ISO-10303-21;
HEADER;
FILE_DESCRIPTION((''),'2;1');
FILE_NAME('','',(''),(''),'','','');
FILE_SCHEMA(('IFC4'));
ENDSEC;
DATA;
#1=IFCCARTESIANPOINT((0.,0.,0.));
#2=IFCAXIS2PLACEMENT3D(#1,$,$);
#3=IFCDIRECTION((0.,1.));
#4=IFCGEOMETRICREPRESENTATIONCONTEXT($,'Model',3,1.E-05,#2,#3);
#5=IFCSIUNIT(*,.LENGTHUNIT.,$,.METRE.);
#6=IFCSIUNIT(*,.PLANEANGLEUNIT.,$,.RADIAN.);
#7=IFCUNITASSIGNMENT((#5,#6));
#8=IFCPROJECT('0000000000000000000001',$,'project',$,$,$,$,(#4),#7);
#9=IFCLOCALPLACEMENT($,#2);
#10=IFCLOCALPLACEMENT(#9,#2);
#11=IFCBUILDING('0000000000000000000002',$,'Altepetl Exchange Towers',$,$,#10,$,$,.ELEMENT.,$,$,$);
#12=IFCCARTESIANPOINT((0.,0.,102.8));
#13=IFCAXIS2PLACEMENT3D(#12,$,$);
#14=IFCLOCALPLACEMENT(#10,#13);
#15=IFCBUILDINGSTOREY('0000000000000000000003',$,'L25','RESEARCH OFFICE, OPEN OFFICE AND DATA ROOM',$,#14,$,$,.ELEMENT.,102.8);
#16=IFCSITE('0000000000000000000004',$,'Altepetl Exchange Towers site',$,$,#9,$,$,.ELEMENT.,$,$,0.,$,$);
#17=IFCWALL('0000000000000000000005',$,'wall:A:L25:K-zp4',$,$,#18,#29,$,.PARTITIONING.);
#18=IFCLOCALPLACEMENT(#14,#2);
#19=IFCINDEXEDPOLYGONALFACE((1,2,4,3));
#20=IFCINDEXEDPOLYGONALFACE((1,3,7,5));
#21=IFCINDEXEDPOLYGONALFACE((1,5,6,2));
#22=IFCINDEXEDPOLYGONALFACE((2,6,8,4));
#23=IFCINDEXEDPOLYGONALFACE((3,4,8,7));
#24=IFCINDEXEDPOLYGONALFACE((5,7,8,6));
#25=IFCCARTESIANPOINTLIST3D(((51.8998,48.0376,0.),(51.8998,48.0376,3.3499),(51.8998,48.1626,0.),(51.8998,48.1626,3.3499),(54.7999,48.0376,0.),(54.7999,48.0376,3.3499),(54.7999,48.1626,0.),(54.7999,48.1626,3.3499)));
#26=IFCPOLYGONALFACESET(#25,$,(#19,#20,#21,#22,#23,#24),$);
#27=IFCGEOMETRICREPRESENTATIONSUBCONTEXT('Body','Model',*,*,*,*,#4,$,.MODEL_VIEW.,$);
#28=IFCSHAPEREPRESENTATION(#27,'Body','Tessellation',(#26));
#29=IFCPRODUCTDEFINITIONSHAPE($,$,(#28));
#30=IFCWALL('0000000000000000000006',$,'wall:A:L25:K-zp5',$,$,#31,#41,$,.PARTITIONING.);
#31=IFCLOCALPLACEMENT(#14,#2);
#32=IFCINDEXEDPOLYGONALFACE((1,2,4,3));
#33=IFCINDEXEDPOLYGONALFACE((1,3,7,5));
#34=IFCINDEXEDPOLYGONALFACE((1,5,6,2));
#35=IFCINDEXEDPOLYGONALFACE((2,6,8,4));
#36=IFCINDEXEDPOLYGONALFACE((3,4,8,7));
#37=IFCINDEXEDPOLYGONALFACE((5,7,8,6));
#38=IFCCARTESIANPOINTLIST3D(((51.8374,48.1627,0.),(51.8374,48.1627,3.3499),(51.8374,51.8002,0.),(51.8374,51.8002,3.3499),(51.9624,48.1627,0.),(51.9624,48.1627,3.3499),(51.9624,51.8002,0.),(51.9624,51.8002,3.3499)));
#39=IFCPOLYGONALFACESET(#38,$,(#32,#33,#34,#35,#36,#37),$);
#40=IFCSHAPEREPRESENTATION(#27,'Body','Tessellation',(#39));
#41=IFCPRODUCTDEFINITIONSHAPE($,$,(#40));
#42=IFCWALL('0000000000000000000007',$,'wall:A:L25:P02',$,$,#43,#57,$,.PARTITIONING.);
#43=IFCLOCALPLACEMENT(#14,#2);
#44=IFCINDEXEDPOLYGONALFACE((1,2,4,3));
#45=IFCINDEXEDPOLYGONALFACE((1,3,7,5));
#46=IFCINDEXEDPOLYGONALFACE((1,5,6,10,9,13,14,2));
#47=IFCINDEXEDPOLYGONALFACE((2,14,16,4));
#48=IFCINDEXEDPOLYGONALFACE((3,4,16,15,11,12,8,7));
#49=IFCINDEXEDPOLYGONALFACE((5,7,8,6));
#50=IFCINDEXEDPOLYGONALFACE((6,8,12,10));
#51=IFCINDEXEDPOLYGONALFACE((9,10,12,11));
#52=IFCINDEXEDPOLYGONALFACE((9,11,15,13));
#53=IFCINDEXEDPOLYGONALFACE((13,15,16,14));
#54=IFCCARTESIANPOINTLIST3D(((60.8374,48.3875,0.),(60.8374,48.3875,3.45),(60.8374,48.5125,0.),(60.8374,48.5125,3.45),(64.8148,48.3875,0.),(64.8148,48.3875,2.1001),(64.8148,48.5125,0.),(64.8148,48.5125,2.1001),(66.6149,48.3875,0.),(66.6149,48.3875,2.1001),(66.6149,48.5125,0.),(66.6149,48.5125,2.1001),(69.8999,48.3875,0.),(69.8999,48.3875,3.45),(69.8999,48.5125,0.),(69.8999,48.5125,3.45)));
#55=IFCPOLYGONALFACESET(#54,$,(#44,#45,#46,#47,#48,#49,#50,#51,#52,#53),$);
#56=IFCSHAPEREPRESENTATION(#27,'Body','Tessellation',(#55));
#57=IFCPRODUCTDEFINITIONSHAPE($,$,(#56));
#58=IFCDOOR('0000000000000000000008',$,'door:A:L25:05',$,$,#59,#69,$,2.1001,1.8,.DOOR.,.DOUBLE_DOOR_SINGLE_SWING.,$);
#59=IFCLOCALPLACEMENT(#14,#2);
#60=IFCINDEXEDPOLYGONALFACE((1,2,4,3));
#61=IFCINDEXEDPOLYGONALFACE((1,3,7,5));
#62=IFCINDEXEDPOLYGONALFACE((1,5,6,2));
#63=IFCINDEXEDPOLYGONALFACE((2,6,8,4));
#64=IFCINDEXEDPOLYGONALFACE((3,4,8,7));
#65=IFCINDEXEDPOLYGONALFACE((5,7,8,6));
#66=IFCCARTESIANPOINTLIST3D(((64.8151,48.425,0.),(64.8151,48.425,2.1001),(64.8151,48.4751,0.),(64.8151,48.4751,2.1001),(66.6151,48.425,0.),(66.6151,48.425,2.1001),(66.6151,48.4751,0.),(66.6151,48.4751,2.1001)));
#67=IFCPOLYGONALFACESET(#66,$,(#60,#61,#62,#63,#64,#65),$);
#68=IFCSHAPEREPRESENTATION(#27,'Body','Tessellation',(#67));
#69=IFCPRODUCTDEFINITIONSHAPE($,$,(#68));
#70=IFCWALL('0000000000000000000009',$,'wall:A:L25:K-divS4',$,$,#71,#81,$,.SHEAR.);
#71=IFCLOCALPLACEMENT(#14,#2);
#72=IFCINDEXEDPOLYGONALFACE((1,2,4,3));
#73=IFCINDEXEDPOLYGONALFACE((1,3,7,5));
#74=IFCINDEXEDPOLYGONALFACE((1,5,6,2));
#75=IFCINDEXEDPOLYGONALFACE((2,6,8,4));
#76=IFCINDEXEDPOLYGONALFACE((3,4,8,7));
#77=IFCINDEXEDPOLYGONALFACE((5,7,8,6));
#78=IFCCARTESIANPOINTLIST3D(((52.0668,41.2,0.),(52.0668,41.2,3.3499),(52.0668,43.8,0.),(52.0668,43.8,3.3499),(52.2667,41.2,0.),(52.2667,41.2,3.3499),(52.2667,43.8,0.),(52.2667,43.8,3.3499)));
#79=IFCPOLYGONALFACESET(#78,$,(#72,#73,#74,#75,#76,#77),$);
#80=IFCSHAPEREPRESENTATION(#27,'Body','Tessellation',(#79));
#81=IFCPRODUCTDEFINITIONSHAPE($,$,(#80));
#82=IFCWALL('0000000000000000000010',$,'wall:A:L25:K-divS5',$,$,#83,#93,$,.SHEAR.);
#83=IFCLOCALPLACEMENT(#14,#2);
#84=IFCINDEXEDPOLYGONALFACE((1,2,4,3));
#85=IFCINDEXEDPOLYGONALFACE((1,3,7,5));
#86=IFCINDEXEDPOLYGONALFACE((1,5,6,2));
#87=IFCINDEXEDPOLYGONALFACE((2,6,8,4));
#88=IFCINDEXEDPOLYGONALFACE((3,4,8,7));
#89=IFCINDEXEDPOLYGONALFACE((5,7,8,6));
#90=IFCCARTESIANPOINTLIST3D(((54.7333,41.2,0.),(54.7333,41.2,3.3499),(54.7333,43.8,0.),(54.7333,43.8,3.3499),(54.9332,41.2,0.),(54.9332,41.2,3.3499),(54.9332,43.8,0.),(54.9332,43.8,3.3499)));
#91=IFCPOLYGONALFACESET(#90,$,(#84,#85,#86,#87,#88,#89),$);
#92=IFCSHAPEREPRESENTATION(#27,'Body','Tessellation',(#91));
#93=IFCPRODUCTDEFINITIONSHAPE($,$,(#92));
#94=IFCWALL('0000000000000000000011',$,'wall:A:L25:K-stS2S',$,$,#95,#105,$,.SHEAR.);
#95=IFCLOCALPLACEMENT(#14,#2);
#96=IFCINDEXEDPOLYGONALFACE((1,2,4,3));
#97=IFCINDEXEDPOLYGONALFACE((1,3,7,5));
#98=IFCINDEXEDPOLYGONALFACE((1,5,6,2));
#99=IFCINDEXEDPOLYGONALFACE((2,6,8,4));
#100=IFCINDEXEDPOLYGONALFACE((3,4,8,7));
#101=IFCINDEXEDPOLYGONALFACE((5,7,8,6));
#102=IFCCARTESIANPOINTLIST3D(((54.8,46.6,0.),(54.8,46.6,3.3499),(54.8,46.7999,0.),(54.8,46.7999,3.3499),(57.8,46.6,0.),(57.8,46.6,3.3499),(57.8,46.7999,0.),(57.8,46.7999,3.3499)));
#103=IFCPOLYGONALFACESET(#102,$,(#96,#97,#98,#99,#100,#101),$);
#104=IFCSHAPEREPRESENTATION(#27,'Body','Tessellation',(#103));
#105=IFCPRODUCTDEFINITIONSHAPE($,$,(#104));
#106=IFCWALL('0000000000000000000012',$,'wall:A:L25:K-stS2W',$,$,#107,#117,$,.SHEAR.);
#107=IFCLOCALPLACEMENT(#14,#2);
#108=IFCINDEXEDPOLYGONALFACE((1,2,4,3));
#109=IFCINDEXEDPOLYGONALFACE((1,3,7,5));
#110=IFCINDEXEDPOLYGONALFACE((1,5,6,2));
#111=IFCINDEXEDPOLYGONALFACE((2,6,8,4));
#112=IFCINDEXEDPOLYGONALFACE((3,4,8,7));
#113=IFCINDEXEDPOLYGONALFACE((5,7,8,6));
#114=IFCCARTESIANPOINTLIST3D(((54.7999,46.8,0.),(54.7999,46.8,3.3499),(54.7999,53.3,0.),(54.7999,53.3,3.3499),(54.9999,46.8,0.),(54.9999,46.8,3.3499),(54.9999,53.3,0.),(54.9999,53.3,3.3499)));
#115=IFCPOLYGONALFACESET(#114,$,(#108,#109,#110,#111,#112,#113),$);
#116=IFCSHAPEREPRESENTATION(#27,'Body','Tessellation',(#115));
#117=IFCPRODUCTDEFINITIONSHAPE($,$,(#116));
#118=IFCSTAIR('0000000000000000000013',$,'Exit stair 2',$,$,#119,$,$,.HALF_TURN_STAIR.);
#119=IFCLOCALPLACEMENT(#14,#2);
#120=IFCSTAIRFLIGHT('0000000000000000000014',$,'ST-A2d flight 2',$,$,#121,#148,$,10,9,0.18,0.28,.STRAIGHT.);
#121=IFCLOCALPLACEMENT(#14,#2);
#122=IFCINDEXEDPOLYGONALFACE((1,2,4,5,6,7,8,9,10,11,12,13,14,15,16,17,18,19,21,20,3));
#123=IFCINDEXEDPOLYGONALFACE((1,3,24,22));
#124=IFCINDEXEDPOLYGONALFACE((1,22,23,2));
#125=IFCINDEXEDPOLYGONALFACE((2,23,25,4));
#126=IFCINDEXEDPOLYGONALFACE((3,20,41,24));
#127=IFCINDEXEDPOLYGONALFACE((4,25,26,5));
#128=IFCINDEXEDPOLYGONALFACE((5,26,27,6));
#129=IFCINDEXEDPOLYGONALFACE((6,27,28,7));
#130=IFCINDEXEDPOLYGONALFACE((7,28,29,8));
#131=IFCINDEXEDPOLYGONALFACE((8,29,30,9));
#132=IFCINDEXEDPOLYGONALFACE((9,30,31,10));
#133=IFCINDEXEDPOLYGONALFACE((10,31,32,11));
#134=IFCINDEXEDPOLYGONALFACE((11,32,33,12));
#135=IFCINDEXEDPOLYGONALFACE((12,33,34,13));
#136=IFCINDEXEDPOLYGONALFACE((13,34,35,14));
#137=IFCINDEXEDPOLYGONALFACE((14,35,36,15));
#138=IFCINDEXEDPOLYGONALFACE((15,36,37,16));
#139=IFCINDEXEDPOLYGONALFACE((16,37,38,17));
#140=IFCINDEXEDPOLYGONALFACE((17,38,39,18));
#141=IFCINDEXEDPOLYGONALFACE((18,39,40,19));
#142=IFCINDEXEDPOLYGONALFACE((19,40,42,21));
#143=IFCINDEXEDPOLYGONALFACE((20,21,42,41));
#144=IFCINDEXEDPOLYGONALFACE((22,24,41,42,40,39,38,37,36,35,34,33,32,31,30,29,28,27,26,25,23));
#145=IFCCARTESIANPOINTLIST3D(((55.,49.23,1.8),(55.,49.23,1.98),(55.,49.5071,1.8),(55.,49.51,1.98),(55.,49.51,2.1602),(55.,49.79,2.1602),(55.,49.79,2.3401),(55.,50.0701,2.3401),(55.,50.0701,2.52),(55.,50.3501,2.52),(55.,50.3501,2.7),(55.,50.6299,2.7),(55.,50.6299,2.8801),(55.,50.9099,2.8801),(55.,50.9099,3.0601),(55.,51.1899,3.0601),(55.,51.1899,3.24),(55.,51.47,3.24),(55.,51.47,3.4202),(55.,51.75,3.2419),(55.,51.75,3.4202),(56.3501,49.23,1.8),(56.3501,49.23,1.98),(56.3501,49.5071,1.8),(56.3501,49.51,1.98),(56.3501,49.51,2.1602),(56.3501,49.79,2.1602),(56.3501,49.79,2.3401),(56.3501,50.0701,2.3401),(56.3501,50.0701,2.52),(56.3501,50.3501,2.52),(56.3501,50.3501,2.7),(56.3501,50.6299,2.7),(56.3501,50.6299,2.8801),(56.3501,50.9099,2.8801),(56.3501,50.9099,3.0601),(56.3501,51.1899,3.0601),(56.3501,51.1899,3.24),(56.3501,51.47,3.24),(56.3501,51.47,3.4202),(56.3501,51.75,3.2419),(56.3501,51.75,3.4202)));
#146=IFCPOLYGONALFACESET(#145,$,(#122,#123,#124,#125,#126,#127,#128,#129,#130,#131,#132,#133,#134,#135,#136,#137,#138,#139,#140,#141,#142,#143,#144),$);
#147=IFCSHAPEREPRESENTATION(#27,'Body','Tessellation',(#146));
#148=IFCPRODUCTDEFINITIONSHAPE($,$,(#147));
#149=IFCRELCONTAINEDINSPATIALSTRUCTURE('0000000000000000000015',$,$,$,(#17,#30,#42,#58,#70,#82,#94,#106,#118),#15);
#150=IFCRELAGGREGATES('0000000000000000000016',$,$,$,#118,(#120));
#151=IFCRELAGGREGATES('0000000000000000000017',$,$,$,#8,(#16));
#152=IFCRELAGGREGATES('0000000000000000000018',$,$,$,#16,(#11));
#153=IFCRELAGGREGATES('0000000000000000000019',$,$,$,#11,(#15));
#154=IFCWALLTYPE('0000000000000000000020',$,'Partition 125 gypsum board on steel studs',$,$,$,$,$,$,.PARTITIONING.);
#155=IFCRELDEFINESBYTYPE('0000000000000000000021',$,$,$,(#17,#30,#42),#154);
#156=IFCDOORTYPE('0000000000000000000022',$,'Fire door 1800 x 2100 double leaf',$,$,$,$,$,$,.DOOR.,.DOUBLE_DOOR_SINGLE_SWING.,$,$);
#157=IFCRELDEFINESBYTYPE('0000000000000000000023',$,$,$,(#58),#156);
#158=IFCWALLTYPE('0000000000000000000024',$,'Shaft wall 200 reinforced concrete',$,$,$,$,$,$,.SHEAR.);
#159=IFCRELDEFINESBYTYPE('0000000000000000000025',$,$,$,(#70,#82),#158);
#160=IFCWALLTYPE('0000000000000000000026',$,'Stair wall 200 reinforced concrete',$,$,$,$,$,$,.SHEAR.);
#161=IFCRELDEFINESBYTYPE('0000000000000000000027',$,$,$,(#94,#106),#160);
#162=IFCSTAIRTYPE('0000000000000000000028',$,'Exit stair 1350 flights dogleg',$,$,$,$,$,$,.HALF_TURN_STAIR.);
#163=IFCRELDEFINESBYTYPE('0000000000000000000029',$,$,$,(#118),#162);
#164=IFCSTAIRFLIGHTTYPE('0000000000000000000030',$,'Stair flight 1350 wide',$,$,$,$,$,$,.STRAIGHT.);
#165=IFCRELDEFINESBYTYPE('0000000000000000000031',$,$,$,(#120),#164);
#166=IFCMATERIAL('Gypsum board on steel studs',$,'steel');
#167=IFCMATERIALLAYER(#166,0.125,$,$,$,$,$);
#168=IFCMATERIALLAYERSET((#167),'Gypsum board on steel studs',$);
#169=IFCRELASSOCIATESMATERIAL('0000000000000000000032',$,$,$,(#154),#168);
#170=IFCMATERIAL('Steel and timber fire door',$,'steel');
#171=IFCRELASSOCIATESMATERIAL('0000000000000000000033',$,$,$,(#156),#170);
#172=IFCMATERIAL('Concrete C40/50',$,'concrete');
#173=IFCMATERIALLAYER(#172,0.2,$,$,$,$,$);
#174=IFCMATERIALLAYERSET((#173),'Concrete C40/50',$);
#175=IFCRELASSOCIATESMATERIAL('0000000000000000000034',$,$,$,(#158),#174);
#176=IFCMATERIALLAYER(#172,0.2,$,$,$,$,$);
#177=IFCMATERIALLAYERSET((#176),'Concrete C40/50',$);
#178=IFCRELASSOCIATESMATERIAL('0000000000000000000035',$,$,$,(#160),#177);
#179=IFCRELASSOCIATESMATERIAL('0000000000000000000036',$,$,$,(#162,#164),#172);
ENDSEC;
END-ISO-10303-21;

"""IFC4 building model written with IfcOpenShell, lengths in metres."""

from ifc_helpers import new_model, si_unit, direction, frame, frame_2d, origin, place, context, subcontext, project, spatial, polyline, rectangle, outline, extrude, material, layer, layer_set, type_object, element, fill, aggregate, save


model = new_model("IFC4")

# Units and contexts
model_context = context("Model", 3, precision=1e-05, world=origin(), true_north=direction((0.0, 1.0)))
body_context = subcontext(model_context, "Body", "Model", "MODEL_VIEW")
ifc_project = project(units=[si_unit("LENGTHUNIT", "METRE"), si_unit("PLANEANGLEUNIT", "RADIAN")], contexts=[model_context])

# Site, building, storey
site_placement = place(None, origin())
site = spatial("IfcSite", under=ifc_project, at=site_placement, Name="Altepetl Exchange Towers site", CompositionType="ELEMENT", RefElevation=0.0)
building_placement = place(site_placement, origin())
building = spatial("IfcBuilding", under=site, at=building_placement, Name="Altepetl Exchange Towers", CompositionType="ELEMENT")
storey_placement = place(building_placement, frame((0.0, 0.0, 102.8)))
storey = spatial("IfcBuildingStorey", under=building, at=storey_placement, Name="L25", Description="RESEARCH OFFICE, OPEN OFFICE AND DATA ROOM", CompositionType="ELEMENT", Elevation=102.8)

# Shared definitions
ifc_material_1 = material(Name="Steel and timber fire door", Category="steel")

# Walls
ifc_material_2 = material(Name="Gypsum board on steel studs", Category="steel")
ifc_layer_1 = layer(ifc_material_2, 0.125)
ifc_layer_set_1 = layer_set([ifc_layer_1], Name="Gypsum board on steel studs")
wall_type_1 = type_object("IfcWallType", Name="Partition 125 gypsum board on steel studs", PredefinedType="PARTITIONING", material=ifc_layer_set_1)
wall_1_placement = place(storey_placement, frame((54.8, 48.1001, 0.0), z_axis=(0.0, 0.0, 1.0), x_axis=(-1.0, 0.0, 0.0)))
element("IfcWall", 1, at=wall_1_placement, inside=storey, type_object=wall_type_1, Name="wall:A:L25:K-zp4", PredefinedType="PARTITIONING", context=body_context, shape_type="SweptSolid", body=[
    extrude(rectangle(XDim=2.9001, YDim=0.125, at=frame_2d((1.4502, 0.0))), origin(), (0.0, 0.0, 1.0), 3.3499),
])
wall_2_placement = place(storey_placement, frame((51.8999, 48.1626, 0.0), z_axis=(0.0, 0.0, 1.0), x_axis=(0.0, 1.0, 0.0)))
element("IfcWall", 2, at=wall_2_placement, inside=storey, type_object=wall_type_1, Name="wall:A:L25:K-zp5", PredefinedType="PARTITIONING", context=body_context, shape_type="SweptSolid", body=[
    extrude(rectangle(XDim=3.6375, YDim=0.125, at=frame_2d((1.8188, 0.0))), origin(), (0.0, 0.0, 1.0), 3.3499),
])

# Wall, opening, door
wall_3_placement = place(storey_placement, frame((60.8374, 48.45, 0.0)))
wall_3 = element("IfcWall", 3, at=wall_3_placement, inside=storey, type_object=wall_type_1, Name="wall:A:L25:P02", PredefinedType="PARTITIONING", context=body_context, shape_type="SweptSolid", body=[
    extrude(rectangle(XDim=9.0625, YDim=0.125, at=frame_2d((4.5312, 0.0))), origin(), (0.0, 0.0, 1.0), 3.45),
])
opening_1_placement = place(wall_3_placement, frame((3.9775, 0.0, 0.0)))
opening_1 = element("IfcOpeningElement", 4, at=opening_1_placement, cuts=wall_3, PredefinedType="OPENING", context=body_context, shape_type="SweptSolid", body=[
    extrude(rectangle(XDim=1.8, YDim=2.1001, at=frame_2d((0.8999, 1.05))), frame((0.0, 0.0725, 0.0), z_axis=(0.0, -1.0, 0.0), x_axis=(1.0, 0.0, 0.0)), (0.0, 0.0, 1.0), 0.145),
])
door_type_1 = type_object("IfcDoorType", Name="Fire door 1800 x 2100 double leaf", OperationType="DOUBLE_DOOR_SINGLE_SWING", PredefinedType="DOOR", material=ifc_material_1)
door_1_placement = place(opening_1_placement, frame((1.8, 0.0, 0.0), x_axis=(-1.0, 0.0, 0.0)))
door_1 = element("IfcDoor", 5, at=door_1_placement, inside=storey, type_object=door_type_1, Name="door:A:L25:05", OperationType="DOUBLE_DOOR_SINGLE_SWING", OverallHeight=2.1001, OverallWidth=1.8, PredefinedType="DOOR", context=body_context, shape_type="SweptSolid", body=[
    extrude(rectangle(XDim=1.8, YDim=2.1001, at=frame_2d((0.8999, 1.05))), frame((0.0, 0.0249, 0.0), z_axis=(0.0, -1.0, 0.0), x_axis=(1.0, 0.0, 0.0)), (0.0, 0.0, 1.0), 0.05),
])
fill(opening_1, door_1)

# Walls
ifc_material_3 = material(Name="Concrete C40/50", Category="concrete")
ifc_layer_2 = layer(ifc_material_3, 0.2)
ifc_layer_set_2 = layer_set([ifc_layer_2], Name="Concrete C40/50")
wall_type_2 = type_object("IfcWallType", Name="Shaft wall 200 reinforced concrete", PredefinedType="SHEAR", material=ifc_layer_set_2)
for number, where, z_axis, x_axis, name in (
    (6, (52.1667, 41.2, 0.0), (0.0, 0.0, 1.0), (0.0, 1.0, 0.0), "wall:A:L25:K-divS4"),
    (7, (54.8333, 41.2, 0.0), (0.0, 0.0, 1.0), (0.0, 1.0, 0.0), "wall:A:L25:K-divS5"),
):
    element("IfcWall", number, at=place(storey_placement, frame(where, z_axis=z_axis, x_axis=x_axis)), inside=storey, type_object=wall_type_2, Name=name, PredefinedType="SHEAR", context=body_context, shape_type="SweptSolid", body=[
        extrude(rectangle(XDim=2.6001, YDim=0.2, at=frame_2d((1.3, 0.0))), origin(), (0.0, 0.0, 1.0), 3.3499),
    ])
ifc_layer_3 = layer(ifc_material_3, 0.2)
ifc_layer_set_3 = layer_set([ifc_layer_3], Name="Concrete C40/50")
wall_type_3 = type_object("IfcWallType", Name="Stair wall 200 reinforced concrete", PredefinedType="SHEAR", material=ifc_layer_set_3)
wall_4_placement = place(storey_placement, frame((54.8, 46.7, 0.0)))
element("IfcWall", 8, at=wall_4_placement, inside=storey, type_object=wall_type_3, Name="wall:A:L25:K-stS2S", PredefinedType="SHEAR", context=body_context, shape_type="SweptSolid", body=[
    extrude(rectangle(XDim=3.0, YDim=0.2, at=frame_2d((1.5, 0.0))), origin(), (0.0, 0.0, 1.0), 3.3499),
])
wall_5_placement = place(storey_placement, frame((54.8999, 46.8, 0.0), z_axis=(0.0, 0.0, 1.0), x_axis=(0.0, 1.0, 0.0)))
element("IfcWall", 9, at=wall_5_placement, inside=storey, type_object=wall_type_3, Name="wall:A:L25:K-stS2W", PredefinedType="SHEAR", context=body_context, shape_type="SweptSolid", body=[
    extrude(rectangle(XDim=6.5, YDim=0.2, at=frame_2d((3.25, 0.0))), origin(), (0.0, 0.0, 1.0), 3.3499),
])

# Stair, stair flight
stair_type = type_object("IfcStairType", Name="Exit stair 1350 flights dogleg", PredefinedType="HALF_TURN_STAIR", material=ifc_material_3)
stair_placement = place(storey_placement, origin())
stair = element("IfcStair", 10, at=stair_placement, inside=storey, type_object=stair_type, Name="Exit stair 2", PredefinedType="HALF_TURN_STAIR")
stair_flight_type = type_object("IfcStairFlightType", Name="Stair flight 1350 wide", PredefinedType="STRAIGHT", material=ifc_material_3)
stair_flight_placement = place(storey_placement, frame((55.675, 49.23, 1.8), z_axis=(0.0, 0.0, 1.0), x_axis=(0.0, 1.0, 0.0)))
stair_flight = element("IfcStairFlight", 11, at=stair_flight_placement, type_object=stair_flight_type, Name="ST-A2d flight 2", NumberOfRisers=10, NumberOfTreads=9, PredefinedType="STRAIGHT", RiserHeight=0.18, TreadLength=0.28, context=body_context, shape_type="SweptSolid", body=[
    extrude(outline(polyline([(0.0, 0.0), (0.0, 0.1799), (0.28, 0.1799), (0.28, 0.3601), (0.5601, 0.3601), (0.5601, 0.54), (0.8401, 0.54), (0.8401, 0.72), (1.1201, 0.72), (1.1201, 0.8999), (1.3999, 0.8999), (1.3999, 1.0801), (1.6799, 1.0801), (1.6799, 1.26), (1.96, 1.26), (1.96, 1.4399), (2.24, 1.4399), (2.24, 1.6201), (2.52, 1.6201), (2.52, 1.8), (2.52, 1.4419), (0.2771, 0.0), (0.0, 0.0)])), frame((0.0, 0.675, 0.0), z_axis=(0.0, -1.0, 0.0), x_axis=(1.0, 0.0, 0.0)), (0.0, 0.0, 1.0), 1.3501),
])
aggregate(stair, [stair_flight])

save(model, "model.ifc")
